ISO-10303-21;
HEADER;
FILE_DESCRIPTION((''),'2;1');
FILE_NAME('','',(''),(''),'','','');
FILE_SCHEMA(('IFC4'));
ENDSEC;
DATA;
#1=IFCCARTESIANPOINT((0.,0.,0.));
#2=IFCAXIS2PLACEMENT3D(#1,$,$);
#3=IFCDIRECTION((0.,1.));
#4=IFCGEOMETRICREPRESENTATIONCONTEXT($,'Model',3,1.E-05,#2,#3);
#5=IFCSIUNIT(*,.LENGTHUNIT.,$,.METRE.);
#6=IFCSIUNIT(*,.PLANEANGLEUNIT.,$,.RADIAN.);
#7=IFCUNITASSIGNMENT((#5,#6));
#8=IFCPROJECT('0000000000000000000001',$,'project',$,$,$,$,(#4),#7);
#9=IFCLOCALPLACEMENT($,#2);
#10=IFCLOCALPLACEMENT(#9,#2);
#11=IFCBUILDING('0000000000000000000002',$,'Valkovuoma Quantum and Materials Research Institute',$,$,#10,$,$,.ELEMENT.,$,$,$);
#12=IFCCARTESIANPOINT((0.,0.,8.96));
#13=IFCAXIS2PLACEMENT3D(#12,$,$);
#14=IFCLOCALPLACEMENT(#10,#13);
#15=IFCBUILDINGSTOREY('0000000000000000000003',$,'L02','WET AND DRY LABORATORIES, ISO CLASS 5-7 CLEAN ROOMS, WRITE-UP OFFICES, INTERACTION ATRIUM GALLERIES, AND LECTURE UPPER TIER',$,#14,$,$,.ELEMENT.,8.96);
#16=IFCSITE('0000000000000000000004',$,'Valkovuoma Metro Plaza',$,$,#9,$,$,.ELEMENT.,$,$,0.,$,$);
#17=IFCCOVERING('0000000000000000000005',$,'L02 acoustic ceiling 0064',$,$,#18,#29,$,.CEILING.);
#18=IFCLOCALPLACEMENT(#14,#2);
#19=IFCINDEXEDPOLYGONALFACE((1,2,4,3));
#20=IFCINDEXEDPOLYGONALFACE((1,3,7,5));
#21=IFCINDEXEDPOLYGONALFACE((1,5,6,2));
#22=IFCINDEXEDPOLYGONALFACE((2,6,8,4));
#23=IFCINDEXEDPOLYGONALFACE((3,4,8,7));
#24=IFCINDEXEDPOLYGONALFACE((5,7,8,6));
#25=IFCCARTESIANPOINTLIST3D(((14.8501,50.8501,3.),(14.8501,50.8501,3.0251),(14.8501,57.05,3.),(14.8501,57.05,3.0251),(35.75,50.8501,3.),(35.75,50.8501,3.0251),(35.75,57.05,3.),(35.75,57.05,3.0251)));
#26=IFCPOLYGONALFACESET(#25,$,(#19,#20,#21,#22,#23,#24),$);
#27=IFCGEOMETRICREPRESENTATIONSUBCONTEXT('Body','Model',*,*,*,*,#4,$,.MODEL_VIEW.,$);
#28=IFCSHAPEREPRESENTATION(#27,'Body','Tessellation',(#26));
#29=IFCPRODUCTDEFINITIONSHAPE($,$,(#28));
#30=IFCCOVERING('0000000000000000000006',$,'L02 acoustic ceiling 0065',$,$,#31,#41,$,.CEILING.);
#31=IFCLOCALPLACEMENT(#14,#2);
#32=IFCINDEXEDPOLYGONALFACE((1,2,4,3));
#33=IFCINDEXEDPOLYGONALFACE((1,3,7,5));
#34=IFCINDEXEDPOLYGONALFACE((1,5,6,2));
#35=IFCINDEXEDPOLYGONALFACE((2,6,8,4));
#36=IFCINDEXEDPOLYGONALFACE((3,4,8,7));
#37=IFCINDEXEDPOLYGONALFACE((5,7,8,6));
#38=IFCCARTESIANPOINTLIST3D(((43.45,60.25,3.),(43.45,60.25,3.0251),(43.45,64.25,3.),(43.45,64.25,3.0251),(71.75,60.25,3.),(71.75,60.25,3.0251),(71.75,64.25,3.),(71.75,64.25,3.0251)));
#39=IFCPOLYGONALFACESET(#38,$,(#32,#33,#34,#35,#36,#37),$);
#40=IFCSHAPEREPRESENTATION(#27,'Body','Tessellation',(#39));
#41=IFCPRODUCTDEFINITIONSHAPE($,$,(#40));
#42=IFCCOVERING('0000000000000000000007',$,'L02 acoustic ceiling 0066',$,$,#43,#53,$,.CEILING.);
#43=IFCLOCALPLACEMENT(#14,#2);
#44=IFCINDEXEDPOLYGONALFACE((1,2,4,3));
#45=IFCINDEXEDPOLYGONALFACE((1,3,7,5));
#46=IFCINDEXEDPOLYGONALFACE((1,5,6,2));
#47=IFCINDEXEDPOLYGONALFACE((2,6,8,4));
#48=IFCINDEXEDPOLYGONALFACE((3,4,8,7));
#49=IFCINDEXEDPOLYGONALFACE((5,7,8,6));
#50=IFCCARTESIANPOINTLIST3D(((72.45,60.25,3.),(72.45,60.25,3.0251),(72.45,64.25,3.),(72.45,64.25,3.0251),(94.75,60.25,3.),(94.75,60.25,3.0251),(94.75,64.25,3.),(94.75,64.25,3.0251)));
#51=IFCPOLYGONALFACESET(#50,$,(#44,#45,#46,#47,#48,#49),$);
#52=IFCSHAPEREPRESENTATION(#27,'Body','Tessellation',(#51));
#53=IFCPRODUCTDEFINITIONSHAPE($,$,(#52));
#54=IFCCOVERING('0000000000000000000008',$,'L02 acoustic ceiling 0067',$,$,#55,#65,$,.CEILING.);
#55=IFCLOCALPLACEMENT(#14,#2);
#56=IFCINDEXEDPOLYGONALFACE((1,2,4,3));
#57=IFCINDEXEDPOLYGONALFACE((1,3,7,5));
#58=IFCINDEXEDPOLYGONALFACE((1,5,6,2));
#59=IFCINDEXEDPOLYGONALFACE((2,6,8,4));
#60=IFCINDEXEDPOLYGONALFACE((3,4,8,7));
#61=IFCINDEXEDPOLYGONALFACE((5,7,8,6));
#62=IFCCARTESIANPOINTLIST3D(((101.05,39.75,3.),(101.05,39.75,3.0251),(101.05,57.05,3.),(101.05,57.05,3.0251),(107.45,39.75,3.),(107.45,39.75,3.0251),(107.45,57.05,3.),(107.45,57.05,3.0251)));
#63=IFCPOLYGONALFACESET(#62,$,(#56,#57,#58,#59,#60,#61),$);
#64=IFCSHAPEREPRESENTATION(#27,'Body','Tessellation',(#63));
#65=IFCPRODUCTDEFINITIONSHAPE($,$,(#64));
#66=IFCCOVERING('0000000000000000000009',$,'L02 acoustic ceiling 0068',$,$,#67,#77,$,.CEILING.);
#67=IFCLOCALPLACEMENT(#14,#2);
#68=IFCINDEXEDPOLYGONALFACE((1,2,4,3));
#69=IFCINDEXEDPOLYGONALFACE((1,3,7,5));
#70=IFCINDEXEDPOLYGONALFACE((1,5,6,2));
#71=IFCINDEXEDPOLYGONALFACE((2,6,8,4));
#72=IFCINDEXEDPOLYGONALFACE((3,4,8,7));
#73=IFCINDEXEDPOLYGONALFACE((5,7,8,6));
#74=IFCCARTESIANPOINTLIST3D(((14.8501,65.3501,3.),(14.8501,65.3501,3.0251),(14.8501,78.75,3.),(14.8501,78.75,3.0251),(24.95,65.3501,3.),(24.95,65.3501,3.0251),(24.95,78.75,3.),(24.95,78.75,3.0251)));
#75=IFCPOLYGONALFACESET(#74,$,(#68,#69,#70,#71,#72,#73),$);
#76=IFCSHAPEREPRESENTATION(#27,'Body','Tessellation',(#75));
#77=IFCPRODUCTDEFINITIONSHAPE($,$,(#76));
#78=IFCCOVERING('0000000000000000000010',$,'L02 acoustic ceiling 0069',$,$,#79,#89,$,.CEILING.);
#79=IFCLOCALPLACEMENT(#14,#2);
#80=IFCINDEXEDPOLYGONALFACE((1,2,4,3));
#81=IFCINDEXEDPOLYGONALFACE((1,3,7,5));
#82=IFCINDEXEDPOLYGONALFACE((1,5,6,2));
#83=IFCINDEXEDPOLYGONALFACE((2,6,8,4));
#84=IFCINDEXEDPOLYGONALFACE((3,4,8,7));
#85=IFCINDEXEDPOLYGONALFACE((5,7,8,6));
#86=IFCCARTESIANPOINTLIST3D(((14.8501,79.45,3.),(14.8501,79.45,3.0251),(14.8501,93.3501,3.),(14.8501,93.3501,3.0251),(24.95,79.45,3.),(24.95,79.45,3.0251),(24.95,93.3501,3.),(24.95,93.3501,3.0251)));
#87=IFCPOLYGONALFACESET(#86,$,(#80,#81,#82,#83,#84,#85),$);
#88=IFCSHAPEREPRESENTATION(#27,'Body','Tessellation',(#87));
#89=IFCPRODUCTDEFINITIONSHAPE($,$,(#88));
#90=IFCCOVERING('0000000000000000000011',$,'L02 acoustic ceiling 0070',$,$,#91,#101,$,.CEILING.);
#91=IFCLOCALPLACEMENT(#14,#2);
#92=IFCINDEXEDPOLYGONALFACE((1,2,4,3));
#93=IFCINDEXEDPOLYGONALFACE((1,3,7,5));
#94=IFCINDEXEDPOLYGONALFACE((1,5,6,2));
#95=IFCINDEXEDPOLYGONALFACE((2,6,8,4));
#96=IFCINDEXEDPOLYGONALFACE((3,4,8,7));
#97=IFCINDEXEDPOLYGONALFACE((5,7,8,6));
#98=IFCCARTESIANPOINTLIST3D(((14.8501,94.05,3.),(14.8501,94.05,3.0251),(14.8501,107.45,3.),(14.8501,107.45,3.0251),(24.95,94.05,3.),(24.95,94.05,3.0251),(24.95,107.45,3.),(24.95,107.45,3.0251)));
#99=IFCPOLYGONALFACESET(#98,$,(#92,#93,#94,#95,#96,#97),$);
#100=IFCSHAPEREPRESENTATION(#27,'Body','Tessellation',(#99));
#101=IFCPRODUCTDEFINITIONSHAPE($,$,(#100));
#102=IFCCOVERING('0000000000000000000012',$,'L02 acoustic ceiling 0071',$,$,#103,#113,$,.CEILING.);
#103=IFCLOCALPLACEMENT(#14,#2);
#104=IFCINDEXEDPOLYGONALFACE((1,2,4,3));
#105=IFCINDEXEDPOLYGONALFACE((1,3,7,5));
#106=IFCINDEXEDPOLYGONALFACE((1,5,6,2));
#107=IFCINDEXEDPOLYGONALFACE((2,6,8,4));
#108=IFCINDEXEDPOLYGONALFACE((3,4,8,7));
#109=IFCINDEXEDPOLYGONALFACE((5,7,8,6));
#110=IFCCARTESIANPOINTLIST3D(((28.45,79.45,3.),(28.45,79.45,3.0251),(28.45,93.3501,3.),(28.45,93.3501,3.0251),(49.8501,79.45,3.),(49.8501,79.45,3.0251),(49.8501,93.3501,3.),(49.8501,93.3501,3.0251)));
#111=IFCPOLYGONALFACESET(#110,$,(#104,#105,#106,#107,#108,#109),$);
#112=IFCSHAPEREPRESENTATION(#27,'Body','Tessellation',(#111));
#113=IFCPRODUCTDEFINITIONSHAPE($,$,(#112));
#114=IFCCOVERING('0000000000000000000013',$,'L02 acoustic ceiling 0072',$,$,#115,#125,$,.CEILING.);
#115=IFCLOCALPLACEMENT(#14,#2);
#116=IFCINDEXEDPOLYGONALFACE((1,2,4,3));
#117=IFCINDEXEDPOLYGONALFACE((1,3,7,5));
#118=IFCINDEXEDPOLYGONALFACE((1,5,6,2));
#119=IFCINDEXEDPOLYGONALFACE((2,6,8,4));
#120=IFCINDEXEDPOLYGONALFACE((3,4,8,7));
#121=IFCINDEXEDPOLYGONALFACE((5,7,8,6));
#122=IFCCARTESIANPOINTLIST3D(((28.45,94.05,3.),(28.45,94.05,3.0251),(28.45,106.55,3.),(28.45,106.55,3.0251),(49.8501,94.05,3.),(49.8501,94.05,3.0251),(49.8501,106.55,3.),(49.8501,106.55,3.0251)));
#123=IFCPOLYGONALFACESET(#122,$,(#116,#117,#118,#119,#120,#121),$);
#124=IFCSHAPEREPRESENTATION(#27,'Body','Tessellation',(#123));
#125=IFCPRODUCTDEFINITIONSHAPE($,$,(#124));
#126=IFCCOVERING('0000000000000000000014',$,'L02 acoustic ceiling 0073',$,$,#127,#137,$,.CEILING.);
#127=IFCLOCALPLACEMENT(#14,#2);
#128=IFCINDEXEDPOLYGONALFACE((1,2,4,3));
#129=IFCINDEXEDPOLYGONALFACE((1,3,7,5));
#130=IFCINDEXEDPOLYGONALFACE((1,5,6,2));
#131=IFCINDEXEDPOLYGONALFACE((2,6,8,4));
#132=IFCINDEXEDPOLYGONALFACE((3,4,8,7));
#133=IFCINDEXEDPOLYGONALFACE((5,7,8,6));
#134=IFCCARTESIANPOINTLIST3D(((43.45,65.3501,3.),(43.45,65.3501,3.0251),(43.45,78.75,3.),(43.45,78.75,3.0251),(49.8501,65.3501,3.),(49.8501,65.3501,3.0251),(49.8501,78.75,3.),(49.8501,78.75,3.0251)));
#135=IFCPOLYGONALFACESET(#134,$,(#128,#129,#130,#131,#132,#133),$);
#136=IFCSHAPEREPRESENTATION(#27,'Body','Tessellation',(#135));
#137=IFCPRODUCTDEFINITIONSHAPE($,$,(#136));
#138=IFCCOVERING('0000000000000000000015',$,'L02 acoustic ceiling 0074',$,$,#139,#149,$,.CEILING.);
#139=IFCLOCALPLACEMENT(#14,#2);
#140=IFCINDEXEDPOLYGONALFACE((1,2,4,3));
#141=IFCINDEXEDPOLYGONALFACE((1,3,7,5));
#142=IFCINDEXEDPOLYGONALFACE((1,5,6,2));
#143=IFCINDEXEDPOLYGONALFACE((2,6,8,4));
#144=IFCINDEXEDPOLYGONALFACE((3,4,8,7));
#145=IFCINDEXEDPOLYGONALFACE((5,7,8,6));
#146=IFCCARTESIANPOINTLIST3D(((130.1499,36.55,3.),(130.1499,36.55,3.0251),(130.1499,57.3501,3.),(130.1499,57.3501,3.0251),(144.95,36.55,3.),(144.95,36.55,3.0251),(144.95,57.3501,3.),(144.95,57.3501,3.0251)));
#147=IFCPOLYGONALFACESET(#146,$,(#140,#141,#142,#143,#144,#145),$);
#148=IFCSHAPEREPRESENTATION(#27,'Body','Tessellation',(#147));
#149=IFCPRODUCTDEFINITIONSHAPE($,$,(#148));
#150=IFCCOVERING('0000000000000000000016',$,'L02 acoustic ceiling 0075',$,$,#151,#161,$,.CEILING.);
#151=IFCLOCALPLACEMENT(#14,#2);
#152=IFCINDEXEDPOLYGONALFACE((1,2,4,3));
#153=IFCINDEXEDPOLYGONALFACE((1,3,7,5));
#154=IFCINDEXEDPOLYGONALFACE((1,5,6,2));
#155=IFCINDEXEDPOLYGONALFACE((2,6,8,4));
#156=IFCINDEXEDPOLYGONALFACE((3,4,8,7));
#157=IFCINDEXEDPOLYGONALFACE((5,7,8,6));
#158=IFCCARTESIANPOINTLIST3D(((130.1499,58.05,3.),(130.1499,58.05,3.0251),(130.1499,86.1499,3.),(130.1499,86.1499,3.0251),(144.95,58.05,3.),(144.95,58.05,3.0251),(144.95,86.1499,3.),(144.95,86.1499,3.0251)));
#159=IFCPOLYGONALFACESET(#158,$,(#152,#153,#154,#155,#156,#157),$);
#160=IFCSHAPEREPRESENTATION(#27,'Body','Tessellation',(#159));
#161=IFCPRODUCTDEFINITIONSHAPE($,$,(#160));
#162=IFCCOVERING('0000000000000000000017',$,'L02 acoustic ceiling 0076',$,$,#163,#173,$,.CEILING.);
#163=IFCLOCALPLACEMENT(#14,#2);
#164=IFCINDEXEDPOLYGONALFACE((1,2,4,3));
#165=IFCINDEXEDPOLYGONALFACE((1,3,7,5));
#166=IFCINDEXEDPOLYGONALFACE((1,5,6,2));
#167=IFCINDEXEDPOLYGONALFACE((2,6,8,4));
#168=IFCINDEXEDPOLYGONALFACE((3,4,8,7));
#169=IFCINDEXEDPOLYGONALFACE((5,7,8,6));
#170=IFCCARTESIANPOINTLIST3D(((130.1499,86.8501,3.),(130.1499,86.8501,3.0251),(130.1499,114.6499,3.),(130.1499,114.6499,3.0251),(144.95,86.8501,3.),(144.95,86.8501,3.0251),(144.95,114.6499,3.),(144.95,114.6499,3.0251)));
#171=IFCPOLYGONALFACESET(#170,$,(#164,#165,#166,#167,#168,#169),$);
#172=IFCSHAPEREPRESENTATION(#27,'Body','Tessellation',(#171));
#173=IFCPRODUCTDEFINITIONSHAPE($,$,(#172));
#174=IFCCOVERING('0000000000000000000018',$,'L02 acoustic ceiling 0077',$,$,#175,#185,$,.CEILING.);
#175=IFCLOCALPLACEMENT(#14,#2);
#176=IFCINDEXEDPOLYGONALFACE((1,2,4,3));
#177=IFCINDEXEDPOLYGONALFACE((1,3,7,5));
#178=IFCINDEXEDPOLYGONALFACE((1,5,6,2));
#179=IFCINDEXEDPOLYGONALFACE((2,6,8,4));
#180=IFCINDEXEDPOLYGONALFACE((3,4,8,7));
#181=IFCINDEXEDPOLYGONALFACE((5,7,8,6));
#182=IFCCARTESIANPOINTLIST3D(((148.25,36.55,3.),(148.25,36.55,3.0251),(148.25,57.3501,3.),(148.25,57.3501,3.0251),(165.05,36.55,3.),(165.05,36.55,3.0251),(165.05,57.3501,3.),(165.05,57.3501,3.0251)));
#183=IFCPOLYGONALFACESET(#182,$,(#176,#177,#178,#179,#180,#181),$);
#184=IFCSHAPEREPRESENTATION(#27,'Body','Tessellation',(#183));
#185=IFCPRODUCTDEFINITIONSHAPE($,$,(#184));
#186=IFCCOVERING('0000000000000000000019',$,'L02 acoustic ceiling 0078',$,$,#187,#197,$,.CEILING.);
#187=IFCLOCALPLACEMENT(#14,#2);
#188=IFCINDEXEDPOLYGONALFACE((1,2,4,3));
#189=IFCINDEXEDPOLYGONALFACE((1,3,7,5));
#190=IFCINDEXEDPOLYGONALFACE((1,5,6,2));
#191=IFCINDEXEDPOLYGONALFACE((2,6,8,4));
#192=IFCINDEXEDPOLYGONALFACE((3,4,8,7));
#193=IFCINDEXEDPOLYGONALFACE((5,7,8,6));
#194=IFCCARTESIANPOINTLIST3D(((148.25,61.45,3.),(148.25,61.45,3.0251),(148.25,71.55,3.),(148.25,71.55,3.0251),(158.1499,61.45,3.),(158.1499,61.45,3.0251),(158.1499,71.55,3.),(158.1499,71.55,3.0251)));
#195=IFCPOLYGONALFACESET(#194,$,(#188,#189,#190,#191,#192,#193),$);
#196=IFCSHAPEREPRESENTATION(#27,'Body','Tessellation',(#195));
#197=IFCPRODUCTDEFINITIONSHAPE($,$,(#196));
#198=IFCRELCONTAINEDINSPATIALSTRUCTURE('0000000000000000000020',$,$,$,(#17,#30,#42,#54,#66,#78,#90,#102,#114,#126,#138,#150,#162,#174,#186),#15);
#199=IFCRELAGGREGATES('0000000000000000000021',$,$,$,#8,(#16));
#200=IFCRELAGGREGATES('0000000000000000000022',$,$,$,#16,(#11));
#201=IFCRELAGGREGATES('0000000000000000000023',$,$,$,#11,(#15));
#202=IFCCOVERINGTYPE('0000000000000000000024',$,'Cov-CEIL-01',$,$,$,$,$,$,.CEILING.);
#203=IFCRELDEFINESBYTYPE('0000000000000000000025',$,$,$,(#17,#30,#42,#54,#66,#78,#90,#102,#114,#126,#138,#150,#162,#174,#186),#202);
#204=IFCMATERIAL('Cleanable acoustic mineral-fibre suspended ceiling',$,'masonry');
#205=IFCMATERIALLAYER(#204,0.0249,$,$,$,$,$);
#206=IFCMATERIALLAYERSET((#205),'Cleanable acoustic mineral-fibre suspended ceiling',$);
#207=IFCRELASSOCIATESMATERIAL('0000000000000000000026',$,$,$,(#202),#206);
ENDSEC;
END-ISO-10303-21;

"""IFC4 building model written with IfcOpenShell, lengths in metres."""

from ifc_helpers import new_model, si_unit, direction, frame, origin, place, context, subcontext, project, spatial, polyline, outline, extrude, material, layer, layer_set, type_object, element, save


model = new_model("IFC4")

# Units and contexts
model_context = context("Model", 3, precision=1e-05, world=origin(), true_north=direction((0.0, 1.0)))
body_context = subcontext(model_context, "Body", "Model", "MODEL_VIEW")
ifc_project = project(units=[si_unit("LENGTHUNIT", "METRE"), si_unit("PLANEANGLEUNIT", "RADIAN")], contexts=[model_context])

# Site, building, storey
site_placement = place(None, origin())
site = spatial("IfcSite", under=ifc_project, at=site_placement, Name="Valkovuoma Metro Plaza", CompositionType="ELEMENT", RefElevation=0.0)
building_placement = place(site_placement, origin())
building = spatial("IfcBuilding", under=site, at=building_placement, Name="Valkovuoma Quantum and Materials Research Institute", CompositionType="ELEMENT")
storey_placement = place(building_placement, frame((0.0, 0.0, 8.96)))
storey = spatial("IfcBuildingStorey", under=building, at=storey_placement, Name="L02", Description="WET AND DRY LABORATORIES, ISO CLASS 5-7 CLEAN ROOMS, WRITE-UP OFFICES, INTERACTION ATRIUM GALLERIES, AND LECTURE UPPER TIER", CompositionType="ELEMENT", Elevation=8.96)

# Coverings
ifc_material_1 = material(Name="Cleanable acoustic mineral-fibre suspended ceiling", Category="masonry")
ifc_layer_1 = layer(ifc_material_1, 0.0249)
ifc_layer_set_1 = layer_set([ifc_layer_1], Name="Cleanable acoustic mineral-fibre suspended ceiling")
covering_type_1 = type_object("IfcCoveringType", Name="Cov-CEIL-01", PredefinedType="CEILING", material=ifc_layer_set_1)
covering_1_placement = place(storey_placement, frame((0.0, 0.0, 3.0)))
element("IfcCovering", 1, at=covering_1_placement, inside=storey, type_object=covering_type_1, Name="L02 acoustic ceiling 0064", PredefinedType="CEILING", context=body_context, shape_type="SweptSolid", body=[
    extrude(outline(polyline([(14.8501, 50.8501), (35.75, 50.8501), (35.75, 57.05), (14.8501, 57.05), (14.8501, 50.8501)])), origin(), (0.0, 0.0, 1.0), 0.0251),
])
covering_2_placement = place(storey_placement, frame((0.0, 0.0, 3.0)))
element("IfcCovering", 2, at=covering_2_placement, inside=storey, type_object=covering_type_1, Name="L02 acoustic ceiling 0065", PredefinedType="CEILING", context=body_context, shape_type="SweptSolid", body=[
    extrude(outline(polyline([(43.45, 60.25), (71.75, 60.25), (71.75, 64.25), (43.45, 64.25), (43.45, 60.25)])), origin(), (0.0, 0.0, 1.0), 0.0251),
])
covering_3_placement = place(storey_placement, frame((0.0, 0.0, 3.0)))
element("IfcCovering", 3, at=covering_3_placement, inside=storey, type_object=covering_type_1, Name="L02 acoustic ceiling 0066", PredefinedType="CEILING", context=body_context, shape_type="SweptSolid", body=[
    extrude(outline(polyline([(72.45, 60.25), (94.75, 60.25), (94.75, 64.25), (72.45, 64.25), (72.45, 60.25)])), origin(), (0.0, 0.0, 1.0), 0.0251),
])
covering_4_placement = place(storey_placement, frame((0.0, 0.0, 3.0)))
element("IfcCovering", 4, at=covering_4_placement, inside=storey, type_object=covering_type_1, Name="L02 acoustic ceiling 0067", PredefinedType="CEILING", context=body_context, shape_type="SweptSolid", body=[
    extrude(outline(polyline([(101.05, 39.75), (107.45, 39.75), (107.45, 57.05), (101.05, 57.05), (101.05, 39.75)])), origin(), (0.0, 0.0, 1.0), 0.0251),
])
covering_5_placement = place(storey_placement, frame((0.0, 0.0, 3.0)))
element("IfcCovering", 5, at=covering_5_placement, inside=storey, type_object=covering_type_1, Name="L02 acoustic ceiling 0068", PredefinedType="CEILING", context=body_context, shape_type="SweptSolid", body=[
    extrude(outline(polyline([(14.8501, 65.3501), (24.95, 65.3501), (24.95, 78.75), (14.8501, 78.75), (14.8501, 65.3501)])), origin(), (0.0, 0.0, 1.0), 0.0251),
])
covering_6_placement = place(storey_placement, frame((0.0, 0.0, 3.0)))
element("IfcCovering", 6, at=covering_6_placement, inside=storey, type_object=covering_type_1, Name="L02 acoustic ceiling 0069", PredefinedType="CEILING", context=body_context, shape_type="SweptSolid", body=[
    extrude(outline(polyline([(14.8501, 79.45), (24.95, 79.45), (24.95, 93.3501), (14.8501, 93.3501), (14.8501, 79.45)])), origin(), (0.0, 0.0, 1.0), 0.0251),
])
covering_7_placement = place(storey_placement, frame((0.0, 0.0, 3.0)))
element("IfcCovering", 7, at=covering_7_placement, inside=storey, type_object=covering_type_1, Name="L02 acoustic ceiling 0070", PredefinedType="CEILING", context=body_context, shape_type="SweptSolid", body=[
    extrude(outline(polyline([(14.8501, 94.05), (24.95, 94.05), (24.95, 107.45), (14.8501, 107.45), (14.8501, 94.05)])), origin(), (0.0, 0.0, 1.0), 0.0251),
])
covering_8_placement = place(storey_placement, frame((0.0, 0.0, 3.0)))
element("IfcCovering", 8, at=covering_8_placement, inside=storey, type_object=covering_type_1, Name="L02 acoustic ceiling 0071", PredefinedType="CEILING", context=body_context, shape_type="SweptSolid", body=[
    extrude(outline(polyline([(28.45, 79.45), (49.8501, 79.45), (49.8501, 93.3501), (28.45, 93.3501), (28.45, 79.45)])), origin(), (0.0, 0.0, 1.0), 0.0251),
])
covering_9_placement = place(storey_placement, frame((0.0, 0.0, 3.0)))
element("IfcCovering", 9, at=covering_9_placement, inside=storey, type_object=covering_type_1, Name="L02 acoustic ceiling 0072", PredefinedType="CEILING", context=body_context, shape_type="SweptSolid", body=[
    extrude(outline(polyline([(28.45, 94.05), (49.8501, 94.05), (49.8501, 106.55), (28.45, 106.55), (28.45, 94.05)])), origin(), (0.0, 0.0, 1.0), 0.0251),
])
covering_10_placement = place(storey_placement, frame((0.0, 0.0, 3.0)))
element("IfcCovering", 10, at=covering_10_placement, inside=storey, type_object=covering_type_1, Name="L02 acoustic ceiling 0073", PredefinedType="CEILING", context=body_context, shape_type="SweptSolid", body=[
    extrude(outline(polyline([(43.45, 65.3501), (49.8501, 65.3501), (49.8501, 78.75), (43.45, 78.75), (43.45, 65.3501)])), origin(), (0.0, 0.0, 1.0), 0.0251),
])
covering_11_placement = place(storey_placement, frame((0.0, 0.0, 3.0)))
element("IfcCovering", 11, at=covering_11_placement, inside=storey, type_object=covering_type_1, Name="L02 acoustic ceiling 0074", PredefinedType="CEILING", context=body_context, shape_type="SweptSolid", body=[
    extrude(outline(polyline([(130.1499, 36.55), (144.95, 36.55), (144.95, 57.3501), (130.1499, 57.3501), (130.1499, 36.55)])), origin(), (0.0, 0.0, 1.0), 0.0251),
])
covering_12_placement = place(storey_placement, frame((0.0, 0.0, 3.0)))
element("IfcCovering", 12, at=covering_12_placement, inside=storey, type_object=covering_type_1, Name="L02 acoustic ceiling 0075", PredefinedType="CEILING", context=body_context, shape_type="SweptSolid", body=[
    extrude(outline(polyline([(130.1499, 58.05), (144.95, 58.05), (144.95, 86.1499), (130.1499, 86.1499), (130.1499, 58.05)])), origin(), (0.0, 0.0, 1.0), 0.0251),
])
covering_13_placement = place(storey_placement, frame((0.0, 0.0, 3.0)))
element("IfcCovering", 13, at=covering_13_placement, inside=storey, type_object=covering_type_1, Name="L02 acoustic ceiling 0076", PredefinedType="CEILING", context=body_context, shape_type="SweptSolid", body=[
    extrude(outline(polyline([(130.1499, 86.8501), (144.95, 86.8501), (144.95, 114.6499), (130.1499, 114.6499), (130.1499, 86.8501)])), origin(), (0.0, 0.0, 1.0), 0.0251),
])
covering_14_placement = place(storey_placement, frame((0.0, 0.0, 3.0)))
element("IfcCovering", 14, at=covering_14_placement, inside=storey, type_object=covering_type_1, Name="L02 acoustic ceiling 0077", PredefinedType="CEILING", context=body_context, shape_type="SweptSolid", body=[
    extrude(outline(polyline([(148.25, 36.55), (165.05, 36.55), (165.05, 57.3501), (148.25, 57.3501), (148.25, 36.55)])), origin(), (0.0, 0.0, 1.0), 0.0251),
])
covering_15_placement = place(storey_placement, frame((0.0, 0.0, 3.0)))
element("IfcCovering", 15, at=covering_15_placement, inside=storey, type_object=covering_type_1, Name="L02 acoustic ceiling 0078", PredefinedType="CEILING", context=body_context, shape_type="SweptSolid", body=[
    extrude(outline(polyline([(148.25, 61.45), (158.1499, 61.45), (158.1499, 71.55), (148.25, 71.55), (148.25, 61.45)])), origin(), (0.0, 0.0, 1.0), 0.0251),
])

save(model, "model.ifc")
